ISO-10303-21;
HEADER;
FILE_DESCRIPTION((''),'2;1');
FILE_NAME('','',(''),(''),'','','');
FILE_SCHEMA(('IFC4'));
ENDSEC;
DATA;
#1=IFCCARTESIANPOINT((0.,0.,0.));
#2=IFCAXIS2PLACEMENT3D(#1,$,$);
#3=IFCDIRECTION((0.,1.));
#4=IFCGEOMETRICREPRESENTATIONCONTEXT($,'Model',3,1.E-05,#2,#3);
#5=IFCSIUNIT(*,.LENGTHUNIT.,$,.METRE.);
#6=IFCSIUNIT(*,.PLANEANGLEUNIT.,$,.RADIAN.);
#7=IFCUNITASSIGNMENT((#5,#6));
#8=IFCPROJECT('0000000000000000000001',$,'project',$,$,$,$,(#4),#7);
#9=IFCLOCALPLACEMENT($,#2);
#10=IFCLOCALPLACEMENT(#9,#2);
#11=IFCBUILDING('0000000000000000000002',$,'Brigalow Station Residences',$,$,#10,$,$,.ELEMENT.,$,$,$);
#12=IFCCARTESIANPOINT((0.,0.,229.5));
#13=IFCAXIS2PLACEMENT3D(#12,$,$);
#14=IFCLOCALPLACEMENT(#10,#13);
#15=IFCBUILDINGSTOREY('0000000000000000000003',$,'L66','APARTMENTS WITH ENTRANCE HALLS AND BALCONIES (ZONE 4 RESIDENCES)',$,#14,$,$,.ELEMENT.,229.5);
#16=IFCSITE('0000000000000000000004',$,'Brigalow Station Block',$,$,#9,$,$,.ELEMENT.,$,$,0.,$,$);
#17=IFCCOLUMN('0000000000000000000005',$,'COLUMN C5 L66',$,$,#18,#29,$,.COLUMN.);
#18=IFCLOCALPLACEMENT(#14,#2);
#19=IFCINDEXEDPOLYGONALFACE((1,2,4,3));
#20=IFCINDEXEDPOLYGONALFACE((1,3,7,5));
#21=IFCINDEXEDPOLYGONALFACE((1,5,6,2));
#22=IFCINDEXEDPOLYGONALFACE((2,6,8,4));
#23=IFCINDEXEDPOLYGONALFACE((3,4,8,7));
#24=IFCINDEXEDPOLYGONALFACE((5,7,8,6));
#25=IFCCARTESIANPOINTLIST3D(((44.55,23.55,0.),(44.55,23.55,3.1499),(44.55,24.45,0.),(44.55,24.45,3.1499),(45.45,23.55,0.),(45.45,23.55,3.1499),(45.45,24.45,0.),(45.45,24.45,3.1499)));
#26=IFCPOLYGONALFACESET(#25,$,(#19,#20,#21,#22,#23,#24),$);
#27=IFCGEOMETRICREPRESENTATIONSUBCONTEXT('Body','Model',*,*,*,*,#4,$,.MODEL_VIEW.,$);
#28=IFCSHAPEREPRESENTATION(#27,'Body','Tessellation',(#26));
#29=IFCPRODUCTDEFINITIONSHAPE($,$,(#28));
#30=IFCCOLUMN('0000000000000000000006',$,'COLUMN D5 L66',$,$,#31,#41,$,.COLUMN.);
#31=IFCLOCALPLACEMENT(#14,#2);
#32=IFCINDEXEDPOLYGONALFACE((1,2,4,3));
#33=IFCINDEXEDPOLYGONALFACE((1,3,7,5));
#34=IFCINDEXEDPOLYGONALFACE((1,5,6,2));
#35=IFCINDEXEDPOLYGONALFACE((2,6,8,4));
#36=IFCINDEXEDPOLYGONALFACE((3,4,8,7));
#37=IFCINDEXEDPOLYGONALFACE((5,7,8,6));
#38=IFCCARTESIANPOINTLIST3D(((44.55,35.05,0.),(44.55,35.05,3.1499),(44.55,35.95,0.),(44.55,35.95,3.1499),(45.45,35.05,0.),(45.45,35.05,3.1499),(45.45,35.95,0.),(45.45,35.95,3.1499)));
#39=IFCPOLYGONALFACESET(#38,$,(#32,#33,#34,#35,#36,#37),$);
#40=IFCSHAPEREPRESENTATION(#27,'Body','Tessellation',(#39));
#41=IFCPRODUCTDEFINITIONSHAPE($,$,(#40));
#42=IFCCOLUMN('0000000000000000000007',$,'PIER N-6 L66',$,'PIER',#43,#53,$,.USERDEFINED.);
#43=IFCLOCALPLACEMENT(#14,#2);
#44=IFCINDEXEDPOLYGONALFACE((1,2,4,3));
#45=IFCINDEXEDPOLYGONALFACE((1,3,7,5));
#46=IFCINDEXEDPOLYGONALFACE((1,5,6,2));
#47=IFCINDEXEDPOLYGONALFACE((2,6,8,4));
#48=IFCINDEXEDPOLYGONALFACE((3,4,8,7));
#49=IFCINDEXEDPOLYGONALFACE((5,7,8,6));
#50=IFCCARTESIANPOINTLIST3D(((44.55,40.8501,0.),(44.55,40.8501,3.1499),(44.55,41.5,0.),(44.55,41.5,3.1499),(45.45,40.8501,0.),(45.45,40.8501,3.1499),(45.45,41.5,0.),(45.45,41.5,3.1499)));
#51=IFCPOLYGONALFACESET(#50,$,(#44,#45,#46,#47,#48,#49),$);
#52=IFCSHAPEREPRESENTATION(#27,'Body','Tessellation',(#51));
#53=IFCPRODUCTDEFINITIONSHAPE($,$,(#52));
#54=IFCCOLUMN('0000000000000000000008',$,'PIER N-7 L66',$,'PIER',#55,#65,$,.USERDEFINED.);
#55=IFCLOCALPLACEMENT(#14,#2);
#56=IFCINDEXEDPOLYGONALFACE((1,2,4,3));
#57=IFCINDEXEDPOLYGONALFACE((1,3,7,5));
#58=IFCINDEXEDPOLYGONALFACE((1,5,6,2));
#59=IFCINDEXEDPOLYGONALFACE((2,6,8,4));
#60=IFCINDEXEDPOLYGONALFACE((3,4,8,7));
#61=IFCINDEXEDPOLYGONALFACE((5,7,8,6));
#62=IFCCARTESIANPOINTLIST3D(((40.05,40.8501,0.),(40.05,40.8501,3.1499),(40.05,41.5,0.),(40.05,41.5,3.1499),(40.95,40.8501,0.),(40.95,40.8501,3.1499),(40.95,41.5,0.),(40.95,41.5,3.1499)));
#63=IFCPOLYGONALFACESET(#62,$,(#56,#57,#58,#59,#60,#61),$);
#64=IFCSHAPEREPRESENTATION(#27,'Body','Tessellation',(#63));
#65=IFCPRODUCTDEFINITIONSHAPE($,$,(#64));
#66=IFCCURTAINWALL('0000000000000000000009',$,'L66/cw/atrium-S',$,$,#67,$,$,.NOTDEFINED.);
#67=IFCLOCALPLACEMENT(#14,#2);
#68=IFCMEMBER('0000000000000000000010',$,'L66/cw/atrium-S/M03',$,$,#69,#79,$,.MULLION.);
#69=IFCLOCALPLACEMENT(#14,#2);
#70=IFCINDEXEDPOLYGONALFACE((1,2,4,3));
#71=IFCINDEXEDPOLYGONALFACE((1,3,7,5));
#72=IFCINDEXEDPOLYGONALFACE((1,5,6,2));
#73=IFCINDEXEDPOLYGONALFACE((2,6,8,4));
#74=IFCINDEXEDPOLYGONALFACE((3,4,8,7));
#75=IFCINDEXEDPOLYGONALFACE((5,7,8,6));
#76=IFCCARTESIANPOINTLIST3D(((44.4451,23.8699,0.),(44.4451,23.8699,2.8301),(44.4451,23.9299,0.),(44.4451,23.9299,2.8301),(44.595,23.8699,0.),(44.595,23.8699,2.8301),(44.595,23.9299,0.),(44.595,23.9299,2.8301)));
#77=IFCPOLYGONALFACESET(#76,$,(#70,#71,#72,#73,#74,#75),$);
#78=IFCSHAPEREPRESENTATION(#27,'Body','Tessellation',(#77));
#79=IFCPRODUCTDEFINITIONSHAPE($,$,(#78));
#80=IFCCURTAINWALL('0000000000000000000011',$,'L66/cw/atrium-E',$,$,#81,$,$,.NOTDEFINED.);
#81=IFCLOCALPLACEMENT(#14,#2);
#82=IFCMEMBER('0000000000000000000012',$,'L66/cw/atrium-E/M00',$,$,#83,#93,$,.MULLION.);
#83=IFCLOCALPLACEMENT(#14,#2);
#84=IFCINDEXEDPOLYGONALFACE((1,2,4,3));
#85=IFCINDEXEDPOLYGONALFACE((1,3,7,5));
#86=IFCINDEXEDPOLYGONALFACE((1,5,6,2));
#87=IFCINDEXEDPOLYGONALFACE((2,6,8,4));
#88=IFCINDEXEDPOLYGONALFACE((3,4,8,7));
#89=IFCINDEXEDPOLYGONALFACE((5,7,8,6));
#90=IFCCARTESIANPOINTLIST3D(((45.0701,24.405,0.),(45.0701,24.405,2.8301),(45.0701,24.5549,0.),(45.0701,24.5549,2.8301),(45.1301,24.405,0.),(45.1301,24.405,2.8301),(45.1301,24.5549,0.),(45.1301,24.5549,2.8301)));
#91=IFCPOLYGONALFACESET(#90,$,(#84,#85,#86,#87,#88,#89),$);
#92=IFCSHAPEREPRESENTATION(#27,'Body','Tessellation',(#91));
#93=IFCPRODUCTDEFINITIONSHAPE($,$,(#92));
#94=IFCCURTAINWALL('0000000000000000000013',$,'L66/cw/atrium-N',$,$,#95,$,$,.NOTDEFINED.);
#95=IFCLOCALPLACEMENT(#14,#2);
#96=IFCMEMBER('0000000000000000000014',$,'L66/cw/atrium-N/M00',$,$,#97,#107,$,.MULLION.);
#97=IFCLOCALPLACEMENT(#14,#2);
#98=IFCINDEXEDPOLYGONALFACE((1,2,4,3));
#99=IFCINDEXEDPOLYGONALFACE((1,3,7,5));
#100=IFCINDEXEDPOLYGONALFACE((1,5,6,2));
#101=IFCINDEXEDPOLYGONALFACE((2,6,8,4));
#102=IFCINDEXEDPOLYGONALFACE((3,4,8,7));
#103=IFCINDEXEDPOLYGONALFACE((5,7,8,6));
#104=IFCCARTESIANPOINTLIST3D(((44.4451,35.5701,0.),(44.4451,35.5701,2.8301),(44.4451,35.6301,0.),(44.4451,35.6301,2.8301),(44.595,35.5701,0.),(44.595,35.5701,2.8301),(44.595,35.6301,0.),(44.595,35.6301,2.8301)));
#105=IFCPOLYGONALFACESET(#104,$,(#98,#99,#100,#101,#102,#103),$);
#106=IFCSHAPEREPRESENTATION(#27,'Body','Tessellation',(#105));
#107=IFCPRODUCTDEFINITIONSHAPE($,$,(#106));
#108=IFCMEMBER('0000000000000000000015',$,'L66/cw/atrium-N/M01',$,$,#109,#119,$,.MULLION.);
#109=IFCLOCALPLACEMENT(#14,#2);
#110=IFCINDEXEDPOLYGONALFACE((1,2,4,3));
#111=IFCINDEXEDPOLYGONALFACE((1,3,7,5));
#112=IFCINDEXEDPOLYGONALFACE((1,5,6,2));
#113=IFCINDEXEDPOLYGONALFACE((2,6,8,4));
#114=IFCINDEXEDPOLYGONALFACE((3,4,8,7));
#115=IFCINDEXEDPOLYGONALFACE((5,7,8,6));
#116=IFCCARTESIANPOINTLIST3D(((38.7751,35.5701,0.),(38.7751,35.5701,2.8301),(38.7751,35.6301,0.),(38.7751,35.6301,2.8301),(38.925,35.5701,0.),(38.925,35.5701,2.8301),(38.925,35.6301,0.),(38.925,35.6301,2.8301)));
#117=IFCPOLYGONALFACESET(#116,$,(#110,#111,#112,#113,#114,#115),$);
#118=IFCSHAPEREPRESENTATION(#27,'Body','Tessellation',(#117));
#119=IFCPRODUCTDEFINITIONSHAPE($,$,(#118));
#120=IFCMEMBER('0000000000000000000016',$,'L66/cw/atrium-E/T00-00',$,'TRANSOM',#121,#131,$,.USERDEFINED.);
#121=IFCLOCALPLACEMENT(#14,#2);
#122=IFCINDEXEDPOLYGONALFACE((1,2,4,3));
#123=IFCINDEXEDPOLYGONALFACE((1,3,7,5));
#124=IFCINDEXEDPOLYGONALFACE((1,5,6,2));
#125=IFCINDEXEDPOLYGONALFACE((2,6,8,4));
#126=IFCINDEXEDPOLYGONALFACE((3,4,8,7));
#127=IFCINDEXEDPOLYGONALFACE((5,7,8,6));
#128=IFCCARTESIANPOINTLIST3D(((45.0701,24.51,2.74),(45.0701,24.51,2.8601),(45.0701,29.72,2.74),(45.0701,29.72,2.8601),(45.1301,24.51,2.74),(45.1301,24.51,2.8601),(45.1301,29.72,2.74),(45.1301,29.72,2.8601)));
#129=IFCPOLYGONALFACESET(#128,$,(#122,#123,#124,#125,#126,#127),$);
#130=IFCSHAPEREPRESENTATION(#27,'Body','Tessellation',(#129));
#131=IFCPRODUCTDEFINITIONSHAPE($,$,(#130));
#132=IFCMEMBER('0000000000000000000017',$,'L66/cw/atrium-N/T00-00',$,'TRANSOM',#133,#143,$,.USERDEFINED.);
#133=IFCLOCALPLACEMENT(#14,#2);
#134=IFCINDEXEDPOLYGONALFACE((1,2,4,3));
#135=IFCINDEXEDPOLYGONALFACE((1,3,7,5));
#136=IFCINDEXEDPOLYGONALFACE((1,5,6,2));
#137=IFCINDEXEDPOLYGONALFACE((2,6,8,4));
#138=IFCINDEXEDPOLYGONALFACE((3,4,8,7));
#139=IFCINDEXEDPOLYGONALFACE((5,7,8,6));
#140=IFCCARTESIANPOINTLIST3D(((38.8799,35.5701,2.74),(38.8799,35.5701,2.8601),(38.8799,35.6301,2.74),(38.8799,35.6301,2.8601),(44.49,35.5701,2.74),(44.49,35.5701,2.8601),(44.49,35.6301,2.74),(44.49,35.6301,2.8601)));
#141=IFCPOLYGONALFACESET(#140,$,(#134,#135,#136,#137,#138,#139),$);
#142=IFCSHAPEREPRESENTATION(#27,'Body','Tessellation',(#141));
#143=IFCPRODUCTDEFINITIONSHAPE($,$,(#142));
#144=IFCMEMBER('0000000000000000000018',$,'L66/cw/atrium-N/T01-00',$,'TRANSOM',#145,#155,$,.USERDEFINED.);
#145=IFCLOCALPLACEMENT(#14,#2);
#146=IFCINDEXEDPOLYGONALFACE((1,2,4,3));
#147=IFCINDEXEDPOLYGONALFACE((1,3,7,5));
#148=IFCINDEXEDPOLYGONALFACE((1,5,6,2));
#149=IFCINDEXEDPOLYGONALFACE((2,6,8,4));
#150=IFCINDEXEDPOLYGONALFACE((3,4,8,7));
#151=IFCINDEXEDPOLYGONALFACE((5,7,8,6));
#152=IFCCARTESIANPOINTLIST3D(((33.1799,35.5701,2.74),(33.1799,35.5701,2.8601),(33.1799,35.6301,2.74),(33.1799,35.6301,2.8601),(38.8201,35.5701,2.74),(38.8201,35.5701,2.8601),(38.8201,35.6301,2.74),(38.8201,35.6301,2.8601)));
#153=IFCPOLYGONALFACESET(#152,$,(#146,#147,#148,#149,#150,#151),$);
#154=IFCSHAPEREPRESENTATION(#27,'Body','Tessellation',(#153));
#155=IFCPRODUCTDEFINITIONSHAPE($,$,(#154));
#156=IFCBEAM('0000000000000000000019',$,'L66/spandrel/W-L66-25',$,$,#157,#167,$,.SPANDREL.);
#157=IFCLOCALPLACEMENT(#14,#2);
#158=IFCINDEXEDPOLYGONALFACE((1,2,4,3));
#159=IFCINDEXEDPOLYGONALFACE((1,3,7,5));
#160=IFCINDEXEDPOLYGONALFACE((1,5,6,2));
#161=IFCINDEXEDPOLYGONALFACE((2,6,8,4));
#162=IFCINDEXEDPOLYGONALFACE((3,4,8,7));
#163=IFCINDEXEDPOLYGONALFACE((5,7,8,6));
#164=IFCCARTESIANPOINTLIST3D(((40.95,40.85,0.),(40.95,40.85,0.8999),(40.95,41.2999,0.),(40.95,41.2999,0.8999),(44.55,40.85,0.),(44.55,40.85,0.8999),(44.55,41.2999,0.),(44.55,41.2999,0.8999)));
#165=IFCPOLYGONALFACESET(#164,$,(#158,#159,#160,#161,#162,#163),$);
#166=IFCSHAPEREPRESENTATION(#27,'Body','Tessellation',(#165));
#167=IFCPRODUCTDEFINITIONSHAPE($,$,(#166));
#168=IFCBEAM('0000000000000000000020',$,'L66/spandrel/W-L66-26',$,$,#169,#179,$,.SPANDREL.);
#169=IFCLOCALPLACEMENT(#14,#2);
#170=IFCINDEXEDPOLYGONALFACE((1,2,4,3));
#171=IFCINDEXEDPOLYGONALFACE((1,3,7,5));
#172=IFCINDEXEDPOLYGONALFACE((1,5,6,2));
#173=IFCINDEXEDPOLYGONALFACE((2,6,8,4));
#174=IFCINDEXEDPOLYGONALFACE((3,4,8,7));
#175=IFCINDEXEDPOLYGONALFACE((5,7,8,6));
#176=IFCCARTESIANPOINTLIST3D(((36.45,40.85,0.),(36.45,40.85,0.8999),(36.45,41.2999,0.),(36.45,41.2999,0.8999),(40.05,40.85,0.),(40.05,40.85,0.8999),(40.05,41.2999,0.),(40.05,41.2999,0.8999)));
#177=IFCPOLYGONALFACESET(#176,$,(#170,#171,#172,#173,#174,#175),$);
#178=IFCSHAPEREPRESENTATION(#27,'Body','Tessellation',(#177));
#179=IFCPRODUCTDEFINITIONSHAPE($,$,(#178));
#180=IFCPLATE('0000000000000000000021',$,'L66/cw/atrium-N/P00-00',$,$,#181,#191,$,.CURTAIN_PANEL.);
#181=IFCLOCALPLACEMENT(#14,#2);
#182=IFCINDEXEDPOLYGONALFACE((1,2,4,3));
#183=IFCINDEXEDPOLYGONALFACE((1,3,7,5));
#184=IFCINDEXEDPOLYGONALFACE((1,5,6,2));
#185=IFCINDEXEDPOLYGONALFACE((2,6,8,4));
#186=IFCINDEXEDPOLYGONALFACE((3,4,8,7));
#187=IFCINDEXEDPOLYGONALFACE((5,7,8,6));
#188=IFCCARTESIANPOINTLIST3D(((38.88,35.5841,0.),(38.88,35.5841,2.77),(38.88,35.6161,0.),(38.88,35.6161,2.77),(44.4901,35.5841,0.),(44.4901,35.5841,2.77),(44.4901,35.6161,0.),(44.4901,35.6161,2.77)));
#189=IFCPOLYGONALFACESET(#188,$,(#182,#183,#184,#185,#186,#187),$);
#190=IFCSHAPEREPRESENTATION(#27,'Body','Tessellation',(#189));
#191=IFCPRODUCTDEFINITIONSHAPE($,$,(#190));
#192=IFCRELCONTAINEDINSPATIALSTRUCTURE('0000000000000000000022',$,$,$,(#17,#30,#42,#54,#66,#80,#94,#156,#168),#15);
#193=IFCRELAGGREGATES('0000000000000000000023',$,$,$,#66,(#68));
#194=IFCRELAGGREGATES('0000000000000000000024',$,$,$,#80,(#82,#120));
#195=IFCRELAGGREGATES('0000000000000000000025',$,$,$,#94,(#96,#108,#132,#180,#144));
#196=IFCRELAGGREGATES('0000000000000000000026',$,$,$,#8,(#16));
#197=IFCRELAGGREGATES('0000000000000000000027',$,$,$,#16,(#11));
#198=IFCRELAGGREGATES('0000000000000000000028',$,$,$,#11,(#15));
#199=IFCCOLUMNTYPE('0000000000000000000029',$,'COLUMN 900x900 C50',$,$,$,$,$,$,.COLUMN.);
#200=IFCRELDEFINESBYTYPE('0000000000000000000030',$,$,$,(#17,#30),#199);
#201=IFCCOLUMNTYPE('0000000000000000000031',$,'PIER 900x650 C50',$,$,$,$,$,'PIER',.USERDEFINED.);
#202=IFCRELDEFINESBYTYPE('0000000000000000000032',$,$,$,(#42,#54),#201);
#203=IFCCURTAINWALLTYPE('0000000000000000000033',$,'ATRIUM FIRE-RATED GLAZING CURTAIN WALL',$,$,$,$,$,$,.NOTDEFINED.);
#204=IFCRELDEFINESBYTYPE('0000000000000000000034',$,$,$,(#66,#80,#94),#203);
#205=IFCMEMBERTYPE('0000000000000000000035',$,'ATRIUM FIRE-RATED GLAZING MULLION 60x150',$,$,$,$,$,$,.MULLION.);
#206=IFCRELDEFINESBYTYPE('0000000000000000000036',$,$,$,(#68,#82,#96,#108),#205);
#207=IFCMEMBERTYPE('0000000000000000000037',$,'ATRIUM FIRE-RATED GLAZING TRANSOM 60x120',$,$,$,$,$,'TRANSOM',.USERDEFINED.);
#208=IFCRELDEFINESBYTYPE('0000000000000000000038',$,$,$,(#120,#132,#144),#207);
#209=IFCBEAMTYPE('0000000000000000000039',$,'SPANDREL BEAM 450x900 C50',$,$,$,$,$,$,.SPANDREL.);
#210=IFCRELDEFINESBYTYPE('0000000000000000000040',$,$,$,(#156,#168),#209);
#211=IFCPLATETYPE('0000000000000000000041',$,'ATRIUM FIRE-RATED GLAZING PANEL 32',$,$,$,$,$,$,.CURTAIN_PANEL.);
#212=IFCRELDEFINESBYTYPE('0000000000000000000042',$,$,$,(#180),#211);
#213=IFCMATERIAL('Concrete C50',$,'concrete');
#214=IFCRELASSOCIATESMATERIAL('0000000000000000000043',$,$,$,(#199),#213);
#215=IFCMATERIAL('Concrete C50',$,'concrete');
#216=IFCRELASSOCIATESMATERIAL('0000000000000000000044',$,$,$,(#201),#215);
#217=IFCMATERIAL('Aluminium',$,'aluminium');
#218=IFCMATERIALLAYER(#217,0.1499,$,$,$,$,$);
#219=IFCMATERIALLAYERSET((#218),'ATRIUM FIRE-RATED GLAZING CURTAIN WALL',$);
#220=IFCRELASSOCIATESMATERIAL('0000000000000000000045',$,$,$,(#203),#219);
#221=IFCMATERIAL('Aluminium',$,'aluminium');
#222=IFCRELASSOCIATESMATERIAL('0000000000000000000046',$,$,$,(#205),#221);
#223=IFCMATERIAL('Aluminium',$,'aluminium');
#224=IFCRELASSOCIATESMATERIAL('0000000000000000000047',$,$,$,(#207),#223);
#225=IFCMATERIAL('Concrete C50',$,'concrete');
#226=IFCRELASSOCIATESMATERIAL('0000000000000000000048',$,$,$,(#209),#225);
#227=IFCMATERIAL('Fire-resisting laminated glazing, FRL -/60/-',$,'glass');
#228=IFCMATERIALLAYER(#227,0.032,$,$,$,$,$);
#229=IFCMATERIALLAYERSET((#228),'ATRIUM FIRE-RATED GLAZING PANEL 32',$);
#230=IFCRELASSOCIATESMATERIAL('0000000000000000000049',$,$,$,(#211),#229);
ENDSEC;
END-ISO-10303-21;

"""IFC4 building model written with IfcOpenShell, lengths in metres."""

from ifc_helpers import new_model, si_unit, direction, frame, origin, origin_2d, place, context, subcontext, project, spatial, rectangle, extrude, material, layer, layer_set, material_profile, profile_set, type_object, element, aggregate, save


model = new_model("IFC4")

# Units and contexts
model_context = context("Model", 3, precision=1e-05, world=origin(), true_north=direction((0.0, 1.0)))
body_context = subcontext(model_context, "Body", "Model", "MODEL_VIEW")
ifc_project = project(units=[si_unit("LENGTHUNIT", "METRE"), si_unit("PLANEANGLEUNIT", "RADIAN")], contexts=[model_context])

# Site, building, storey
site_placement = place(None, origin())
site = spatial("IfcSite", under=ifc_project, at=site_placement, Name="Brigalow Station Block", CompositionType="ELEMENT", RefElevation=0.0)
building_placement = place(site_placement, origin())
building = spatial("IfcBuilding", under=site, at=building_placement, Name="Brigalow Station Residences", CompositionType="ELEMENT")
storey_placement = place(building_placement, frame((0.0, 0.0, 229.5)))
storey = spatial("IfcBuildingStorey", under=building, at=storey_placement, Name="L66", Description="APARTMENTS WITH ENTRANCE HALLS AND BALCONIES (ZONE 4 RESIDENCES)", CompositionType="ELEMENT", Elevation=229.5)

# Columns
ifc_material_1 = material(Name="Concrete C50", Category="concrete")
ifc_material_profile_1 = material_profile(ifc_material_1, rectangle(XDim=0.8999, YDim=0.8999, at=origin_2d()), Name="RC900x900")
ifc_profile_set_1 = profile_set([ifc_material_profile_1], Name="Concrete C50")
column_type_1 = type_object("IfcColumnType", Name="COLUMN 900x900 C50", PredefinedType="COLUMN", material=ifc_profile_set_1)
for number, where, z_axis, x_axis, name in (
    (1, (45.0, 24.0, 0.0), (0.0, 0.0, 1.0), (1.0, 0.0, 0.0), "COLUMN C5 L66"),
    (2, (45.0, 35.5, 0.0), (0.0, 0.0, 1.0), (1.0, 0.0, 0.0), "COLUMN D5 L66"),
):
    element("IfcColumn", number, at=place(storey_placement, frame(where, z_axis=z_axis, x_axis=x_axis)), inside=storey, type_object=column_type_1, Name=name, PredefinedType="COLUMN", context=body_context, shape_type="SweptSolid", body=[
        extrude(rectangle(XDim=0.8999, YDim=0.8999, at=origin_2d()), origin(), (0.0, 0.0, 1.0), 3.1499),
    ])
ifc_material_2 = material(Name="Concrete C50", Category="concrete")
ifc_material_profile_2 = material_profile(ifc_material_2, rectangle(XDim=0.8999, YDim=0.6499, at=origin_2d()), Name="RC900x650")
ifc_profile_set_2 = profile_set([ifc_material_profile_2], Name="Concrete C50")
column_type_2 = type_object("IfcColumnType", Name="PIER 900x650 C50", ElementType="PIER", PredefinedType="USERDEFINED", material=ifc_profile_set_2)
for number, where, z_axis, x_axis, name in (
    (3, (45.0, 41.175, 0.0), (0.0, 0.0, 1.0), (-1.0, 0.0, 0.0), "PIER N-6 L66"),
    (4, (40.5, 41.175, 0.0), (0.0, 0.0, 1.0), (-1.0, 0.0, 0.0), "PIER N-7 L66"),
):
    element("IfcColumn", number, at=place(storey_placement, frame(where, z_axis=z_axis, x_axis=x_axis)), inside=storey, type_object=column_type_2, Name=name, ObjectType="PIER", PredefinedType="USERDEFINED", context=body_context, shape_type="SweptSolid", body=[
        extrude(rectangle(XDim=0.8999, YDim=0.6499, at=origin_2d()), origin(), (0.0, 0.0, 1.0), 3.1499),
    ])

# Curtain walls, members
ifc_material_3 = material(Name="Aluminium", Category="aluminium")
ifc_layer_1 = layer(ifc_material_3, 0.1499)
ifc_layer_set_1 = layer_set([ifc_layer_1], Name="ATRIUM FIRE-RATED GLAZING CURTAIN WALL")
curtain_wall_type = type_object("IfcCurtainWallType", Name="ATRIUM FIRE-RATED GLAZING CURTAIN WALL", PredefinedType="NOTDEFINED", material=ifc_layer_set_1)
curtain_wall_1_placement = place(storey_placement, origin())
curtain_wall_1 = element("IfcCurtainWall", 5, at=curtain_wall_1_placement, inside=storey, type_object=curtain_wall_type, Name="L66/cw/atrium-S", PredefinedType="NOTDEFINED")
ifc_material_4 = material(Name="Aluminium", Category="aluminium")
ifc_material_profile_3 = material_profile(ifc_material_4, rectangle(XDim=0.0601, YDim=0.1499, at=origin_2d()), Name="ATRIUM FIRE-RATED GLAZING MULLION 60x150")
ifc_profile_set_3 = profile_set([ifc_material_profile_3], Name="Aluminium")
member_type_1 = type_object("IfcMemberType", Name="ATRIUM FIRE-RATED GLAZING MULLION 60x150", PredefinedType="MULLION", material=ifc_profile_set_3)
member_1_placement = place(storey_placement, frame((44.52, 23.8999, 0.0), z_axis=(0.0, 0.0, 1.0), x_axis=(0.0, 1.0, 0.0)))
member_1 = element("IfcMember", 6, at=member_1_placement, type_object=member_type_1, Name="L66/cw/atrium-S/M03", PredefinedType="MULLION", context=body_context, shape_type="SweptSolid", body=[
    extrude(rectangle(XDim=0.0601, YDim=0.1499, at=origin_2d()), origin(), (0.0, 0.0, 1.0), 2.8301),
])
aggregate(curtain_wall_1, [member_1])
curtain_wall_2_placement = place(storey_placement, origin())
curtain_wall_2 = element("IfcCurtainWall", 7, at=curtain_wall_2_placement, inside=storey, type_object=curtain_wall_type, Name="L66/cw/atrium-E", PredefinedType="NOTDEFINED")
member_2_placement = place(storey_placement, frame((45.1001, 24.48, 0.0), z_axis=(0.0, 0.0, 1.0), x_axis=(-1.0, 0.0, 0.0)))
member_2 = element("IfcMember", 8, at=member_2_placement, type_object=member_type_1, Name="L66/cw/atrium-E/M00", PredefinedType="MULLION", context=body_context, shape_type="SweptSolid", body=[
    extrude(rectangle(XDim=0.0601, YDim=0.1499, at=origin_2d()), origin(), (0.0, 0.0, 1.0), 2.8301),
])

# Curtain wall, members
curtain_wall_3_placement = place(storey_placement, origin())
curtain_wall_3 = element("IfcCurtainWall", 9, at=curtain_wall_3_placement, inside=storey, type_object=curtain_wall_type, Name="L66/cw/atrium-N", PredefinedType="NOTDEFINED")
member_3_placement = place(storey_placement, frame((44.52, 35.6001, 0.0), z_axis=(0.0, 0.0, 1.0), x_axis=(0.0, -1.0, 0.0)))
member_3 = element("IfcMember", 10, at=member_3_placement, type_object=member_type_1, Name="L66/cw/atrium-N/M00", PredefinedType="MULLION", context=body_context, shape_type="SweptSolid", body=[
    extrude(rectangle(XDim=0.0601, YDim=0.1499, at=origin_2d()), origin(), (0.0, 0.0, 1.0), 2.8301),
])
member_4_placement = place(storey_placement, frame((38.8501, 35.6001, 0.0), z_axis=(0.0, 0.0, 1.0), x_axis=(0.0, -1.0, 0.0)))
member_4 = element("IfcMember", 11, at=member_4_placement, type_object=member_type_1, Name="L66/cw/atrium-N/M01", PredefinedType="MULLION", context=body_context, shape_type="SweptSolid", body=[
    extrude(rectangle(XDim=0.0601, YDim=0.1499, at=origin_2d()), origin(), (0.0, 0.0, 1.0), 2.8301),
])

# Members
ifc_material_5 = material(Name="Aluminium", Category="aluminium")
ifc_material_profile_4 = material_profile(ifc_material_5, rectangle(XDim=0.0601, YDim=0.1201, at=origin_2d()), Name="ATRIUM FIRE-RATED GLAZING TRANSOM 60x120")
ifc_profile_set_4 = profile_set([ifc_material_profile_4], Name="Aluminium")
member_type_2 = type_object("IfcMemberType", Name="ATRIUM FIRE-RATED GLAZING TRANSOM 60x120", ElementType="TRANSOM", PredefinedType="USERDEFINED", material=ifc_profile_set_4)
member_5_placement = place(storey_placement, frame((45.1001, 24.51, 2.8), z_axis=(0.0, 1.0, 0.0), x_axis=(-1.0, 0.0, 0.0)))
member_5 = element("IfcMember", 12, at=member_5_placement, type_object=member_type_2, Name="L66/cw/atrium-E/T00-00", ObjectType="TRANSOM", PredefinedType="USERDEFINED", context=body_context, shape_type="SweptSolid", body=[
    extrude(rectangle(XDim=0.0601, YDim=0.1201, at=origin_2d()), origin(), (0.0, 0.0, 1.0), 5.21),
])
aggregate(curtain_wall_2, [member_2, member_5])
member_6_placement = place(storey_placement, frame((44.49, 35.6001, 2.8), z_axis=(-1.0, 0.0, 0.0), x_axis=(0.0, -1.0, 0.0)))
member_6 = element("IfcMember", 13, at=member_6_placement, type_object=member_type_2, Name="L66/cw/atrium-N/T00-00", ObjectType="TRANSOM", PredefinedType="USERDEFINED", context=body_context, shape_type="SweptSolid", body=[
    extrude(rectangle(XDim=0.0601, YDim=0.1201, at=origin_2d()), origin(), (0.0, 0.0, 1.0), 5.6101),
])
member_7_placement = place(storey_placement, frame((38.8201, 35.6001, 2.8), z_axis=(-1.0, 0.0, 0.0), x_axis=(0.0, -1.0, 0.0)))
member_7 = element("IfcMember", 14, at=member_7_placement, type_object=member_type_2, Name="L66/cw/atrium-N/T01-00", ObjectType="TRANSOM", PredefinedType="USERDEFINED", context=body_context, shape_type="SweptSolid", body=[
    extrude(rectangle(XDim=0.0601, YDim=0.1201, at=origin_2d()), origin(), (0.0, 0.0, 1.0), 5.6401),
])

# Beams
ifc_material_6 = material(Name="Concrete C50", Category="concrete")
ifc_material_profile_5 = material_profile(ifc_material_6, rectangle(XDim=0.45, YDim=0.8999, at=origin_2d()), Name="RC450x900")
ifc_profile_set_5 = profile_set([ifc_material_profile_5], Name="Concrete C50")
beam_type = type_object("IfcBeamType", Name="SPANDREL BEAM 450x900 C50", PredefinedType="SPANDREL", material=ifc_profile_set_5)
for number, where, z_axis, x_axis, name in (
    (15, (44.55, 41.075, 0.45), (-1.0, 0.0, 0.0), (0.0, -1.0, 0.0), "L66/spandrel/W-L66-25"),
    (16, (40.05, 41.075, 0.45), (-1.0, 0.0, 0.0), (0.0, -1.0, 0.0), "L66/spandrel/W-L66-26"),
):
    element("IfcBeam", number, at=place(storey_placement, frame(where, z_axis=z_axis, x_axis=x_axis)), inside=storey, type_object=beam_type, Name=name, PredefinedType="SPANDREL", context=body_context, shape_type="SweptSolid", body=[
        extrude(rectangle(XDim=0.45, YDim=0.8999, at=origin_2d()), origin(), (0.0, 0.0, 1.0), 3.6001),
    ])

# Plate
ifc_material_7 = material(Name="Fire-resisting laminated glazing, FRL -/60/-", Category="glass")
ifc_layer_2 = layer(ifc_material_7, 0.032)
ifc_layer_set_2 = layer_set([ifc_layer_2], Name="ATRIUM FIRE-RATED GLAZING PANEL 32")
plate_type = type_object("IfcPlateType", Name="ATRIUM FIRE-RATED GLAZING PANEL 32", PredefinedType="CURTAIN_PANEL", material=ifc_layer_set_2)
plate_placement = place(storey_placement, frame((41.6851, 35.6001, 0.0), z_axis=(0.0, 0.0, 1.0), x_axis=(-1.0, 0.0, 0.0)))
plate = element("IfcPlate", 17, at=plate_placement, type_object=plate_type, Name="L66/cw/atrium-N/P00-00", PredefinedType="CURTAIN_PANEL", context=body_context, shape_type="SweptSolid", body=[
    extrude(rectangle(XDim=5.6101, YDim=0.032, at=origin_2d()), origin(), (0.0, 0.0, 1.0), 2.77),
])
aggregate(curtain_wall_3, [member_3, member_4, member_6, plate, member_7])

save(model, "model.ifc")
